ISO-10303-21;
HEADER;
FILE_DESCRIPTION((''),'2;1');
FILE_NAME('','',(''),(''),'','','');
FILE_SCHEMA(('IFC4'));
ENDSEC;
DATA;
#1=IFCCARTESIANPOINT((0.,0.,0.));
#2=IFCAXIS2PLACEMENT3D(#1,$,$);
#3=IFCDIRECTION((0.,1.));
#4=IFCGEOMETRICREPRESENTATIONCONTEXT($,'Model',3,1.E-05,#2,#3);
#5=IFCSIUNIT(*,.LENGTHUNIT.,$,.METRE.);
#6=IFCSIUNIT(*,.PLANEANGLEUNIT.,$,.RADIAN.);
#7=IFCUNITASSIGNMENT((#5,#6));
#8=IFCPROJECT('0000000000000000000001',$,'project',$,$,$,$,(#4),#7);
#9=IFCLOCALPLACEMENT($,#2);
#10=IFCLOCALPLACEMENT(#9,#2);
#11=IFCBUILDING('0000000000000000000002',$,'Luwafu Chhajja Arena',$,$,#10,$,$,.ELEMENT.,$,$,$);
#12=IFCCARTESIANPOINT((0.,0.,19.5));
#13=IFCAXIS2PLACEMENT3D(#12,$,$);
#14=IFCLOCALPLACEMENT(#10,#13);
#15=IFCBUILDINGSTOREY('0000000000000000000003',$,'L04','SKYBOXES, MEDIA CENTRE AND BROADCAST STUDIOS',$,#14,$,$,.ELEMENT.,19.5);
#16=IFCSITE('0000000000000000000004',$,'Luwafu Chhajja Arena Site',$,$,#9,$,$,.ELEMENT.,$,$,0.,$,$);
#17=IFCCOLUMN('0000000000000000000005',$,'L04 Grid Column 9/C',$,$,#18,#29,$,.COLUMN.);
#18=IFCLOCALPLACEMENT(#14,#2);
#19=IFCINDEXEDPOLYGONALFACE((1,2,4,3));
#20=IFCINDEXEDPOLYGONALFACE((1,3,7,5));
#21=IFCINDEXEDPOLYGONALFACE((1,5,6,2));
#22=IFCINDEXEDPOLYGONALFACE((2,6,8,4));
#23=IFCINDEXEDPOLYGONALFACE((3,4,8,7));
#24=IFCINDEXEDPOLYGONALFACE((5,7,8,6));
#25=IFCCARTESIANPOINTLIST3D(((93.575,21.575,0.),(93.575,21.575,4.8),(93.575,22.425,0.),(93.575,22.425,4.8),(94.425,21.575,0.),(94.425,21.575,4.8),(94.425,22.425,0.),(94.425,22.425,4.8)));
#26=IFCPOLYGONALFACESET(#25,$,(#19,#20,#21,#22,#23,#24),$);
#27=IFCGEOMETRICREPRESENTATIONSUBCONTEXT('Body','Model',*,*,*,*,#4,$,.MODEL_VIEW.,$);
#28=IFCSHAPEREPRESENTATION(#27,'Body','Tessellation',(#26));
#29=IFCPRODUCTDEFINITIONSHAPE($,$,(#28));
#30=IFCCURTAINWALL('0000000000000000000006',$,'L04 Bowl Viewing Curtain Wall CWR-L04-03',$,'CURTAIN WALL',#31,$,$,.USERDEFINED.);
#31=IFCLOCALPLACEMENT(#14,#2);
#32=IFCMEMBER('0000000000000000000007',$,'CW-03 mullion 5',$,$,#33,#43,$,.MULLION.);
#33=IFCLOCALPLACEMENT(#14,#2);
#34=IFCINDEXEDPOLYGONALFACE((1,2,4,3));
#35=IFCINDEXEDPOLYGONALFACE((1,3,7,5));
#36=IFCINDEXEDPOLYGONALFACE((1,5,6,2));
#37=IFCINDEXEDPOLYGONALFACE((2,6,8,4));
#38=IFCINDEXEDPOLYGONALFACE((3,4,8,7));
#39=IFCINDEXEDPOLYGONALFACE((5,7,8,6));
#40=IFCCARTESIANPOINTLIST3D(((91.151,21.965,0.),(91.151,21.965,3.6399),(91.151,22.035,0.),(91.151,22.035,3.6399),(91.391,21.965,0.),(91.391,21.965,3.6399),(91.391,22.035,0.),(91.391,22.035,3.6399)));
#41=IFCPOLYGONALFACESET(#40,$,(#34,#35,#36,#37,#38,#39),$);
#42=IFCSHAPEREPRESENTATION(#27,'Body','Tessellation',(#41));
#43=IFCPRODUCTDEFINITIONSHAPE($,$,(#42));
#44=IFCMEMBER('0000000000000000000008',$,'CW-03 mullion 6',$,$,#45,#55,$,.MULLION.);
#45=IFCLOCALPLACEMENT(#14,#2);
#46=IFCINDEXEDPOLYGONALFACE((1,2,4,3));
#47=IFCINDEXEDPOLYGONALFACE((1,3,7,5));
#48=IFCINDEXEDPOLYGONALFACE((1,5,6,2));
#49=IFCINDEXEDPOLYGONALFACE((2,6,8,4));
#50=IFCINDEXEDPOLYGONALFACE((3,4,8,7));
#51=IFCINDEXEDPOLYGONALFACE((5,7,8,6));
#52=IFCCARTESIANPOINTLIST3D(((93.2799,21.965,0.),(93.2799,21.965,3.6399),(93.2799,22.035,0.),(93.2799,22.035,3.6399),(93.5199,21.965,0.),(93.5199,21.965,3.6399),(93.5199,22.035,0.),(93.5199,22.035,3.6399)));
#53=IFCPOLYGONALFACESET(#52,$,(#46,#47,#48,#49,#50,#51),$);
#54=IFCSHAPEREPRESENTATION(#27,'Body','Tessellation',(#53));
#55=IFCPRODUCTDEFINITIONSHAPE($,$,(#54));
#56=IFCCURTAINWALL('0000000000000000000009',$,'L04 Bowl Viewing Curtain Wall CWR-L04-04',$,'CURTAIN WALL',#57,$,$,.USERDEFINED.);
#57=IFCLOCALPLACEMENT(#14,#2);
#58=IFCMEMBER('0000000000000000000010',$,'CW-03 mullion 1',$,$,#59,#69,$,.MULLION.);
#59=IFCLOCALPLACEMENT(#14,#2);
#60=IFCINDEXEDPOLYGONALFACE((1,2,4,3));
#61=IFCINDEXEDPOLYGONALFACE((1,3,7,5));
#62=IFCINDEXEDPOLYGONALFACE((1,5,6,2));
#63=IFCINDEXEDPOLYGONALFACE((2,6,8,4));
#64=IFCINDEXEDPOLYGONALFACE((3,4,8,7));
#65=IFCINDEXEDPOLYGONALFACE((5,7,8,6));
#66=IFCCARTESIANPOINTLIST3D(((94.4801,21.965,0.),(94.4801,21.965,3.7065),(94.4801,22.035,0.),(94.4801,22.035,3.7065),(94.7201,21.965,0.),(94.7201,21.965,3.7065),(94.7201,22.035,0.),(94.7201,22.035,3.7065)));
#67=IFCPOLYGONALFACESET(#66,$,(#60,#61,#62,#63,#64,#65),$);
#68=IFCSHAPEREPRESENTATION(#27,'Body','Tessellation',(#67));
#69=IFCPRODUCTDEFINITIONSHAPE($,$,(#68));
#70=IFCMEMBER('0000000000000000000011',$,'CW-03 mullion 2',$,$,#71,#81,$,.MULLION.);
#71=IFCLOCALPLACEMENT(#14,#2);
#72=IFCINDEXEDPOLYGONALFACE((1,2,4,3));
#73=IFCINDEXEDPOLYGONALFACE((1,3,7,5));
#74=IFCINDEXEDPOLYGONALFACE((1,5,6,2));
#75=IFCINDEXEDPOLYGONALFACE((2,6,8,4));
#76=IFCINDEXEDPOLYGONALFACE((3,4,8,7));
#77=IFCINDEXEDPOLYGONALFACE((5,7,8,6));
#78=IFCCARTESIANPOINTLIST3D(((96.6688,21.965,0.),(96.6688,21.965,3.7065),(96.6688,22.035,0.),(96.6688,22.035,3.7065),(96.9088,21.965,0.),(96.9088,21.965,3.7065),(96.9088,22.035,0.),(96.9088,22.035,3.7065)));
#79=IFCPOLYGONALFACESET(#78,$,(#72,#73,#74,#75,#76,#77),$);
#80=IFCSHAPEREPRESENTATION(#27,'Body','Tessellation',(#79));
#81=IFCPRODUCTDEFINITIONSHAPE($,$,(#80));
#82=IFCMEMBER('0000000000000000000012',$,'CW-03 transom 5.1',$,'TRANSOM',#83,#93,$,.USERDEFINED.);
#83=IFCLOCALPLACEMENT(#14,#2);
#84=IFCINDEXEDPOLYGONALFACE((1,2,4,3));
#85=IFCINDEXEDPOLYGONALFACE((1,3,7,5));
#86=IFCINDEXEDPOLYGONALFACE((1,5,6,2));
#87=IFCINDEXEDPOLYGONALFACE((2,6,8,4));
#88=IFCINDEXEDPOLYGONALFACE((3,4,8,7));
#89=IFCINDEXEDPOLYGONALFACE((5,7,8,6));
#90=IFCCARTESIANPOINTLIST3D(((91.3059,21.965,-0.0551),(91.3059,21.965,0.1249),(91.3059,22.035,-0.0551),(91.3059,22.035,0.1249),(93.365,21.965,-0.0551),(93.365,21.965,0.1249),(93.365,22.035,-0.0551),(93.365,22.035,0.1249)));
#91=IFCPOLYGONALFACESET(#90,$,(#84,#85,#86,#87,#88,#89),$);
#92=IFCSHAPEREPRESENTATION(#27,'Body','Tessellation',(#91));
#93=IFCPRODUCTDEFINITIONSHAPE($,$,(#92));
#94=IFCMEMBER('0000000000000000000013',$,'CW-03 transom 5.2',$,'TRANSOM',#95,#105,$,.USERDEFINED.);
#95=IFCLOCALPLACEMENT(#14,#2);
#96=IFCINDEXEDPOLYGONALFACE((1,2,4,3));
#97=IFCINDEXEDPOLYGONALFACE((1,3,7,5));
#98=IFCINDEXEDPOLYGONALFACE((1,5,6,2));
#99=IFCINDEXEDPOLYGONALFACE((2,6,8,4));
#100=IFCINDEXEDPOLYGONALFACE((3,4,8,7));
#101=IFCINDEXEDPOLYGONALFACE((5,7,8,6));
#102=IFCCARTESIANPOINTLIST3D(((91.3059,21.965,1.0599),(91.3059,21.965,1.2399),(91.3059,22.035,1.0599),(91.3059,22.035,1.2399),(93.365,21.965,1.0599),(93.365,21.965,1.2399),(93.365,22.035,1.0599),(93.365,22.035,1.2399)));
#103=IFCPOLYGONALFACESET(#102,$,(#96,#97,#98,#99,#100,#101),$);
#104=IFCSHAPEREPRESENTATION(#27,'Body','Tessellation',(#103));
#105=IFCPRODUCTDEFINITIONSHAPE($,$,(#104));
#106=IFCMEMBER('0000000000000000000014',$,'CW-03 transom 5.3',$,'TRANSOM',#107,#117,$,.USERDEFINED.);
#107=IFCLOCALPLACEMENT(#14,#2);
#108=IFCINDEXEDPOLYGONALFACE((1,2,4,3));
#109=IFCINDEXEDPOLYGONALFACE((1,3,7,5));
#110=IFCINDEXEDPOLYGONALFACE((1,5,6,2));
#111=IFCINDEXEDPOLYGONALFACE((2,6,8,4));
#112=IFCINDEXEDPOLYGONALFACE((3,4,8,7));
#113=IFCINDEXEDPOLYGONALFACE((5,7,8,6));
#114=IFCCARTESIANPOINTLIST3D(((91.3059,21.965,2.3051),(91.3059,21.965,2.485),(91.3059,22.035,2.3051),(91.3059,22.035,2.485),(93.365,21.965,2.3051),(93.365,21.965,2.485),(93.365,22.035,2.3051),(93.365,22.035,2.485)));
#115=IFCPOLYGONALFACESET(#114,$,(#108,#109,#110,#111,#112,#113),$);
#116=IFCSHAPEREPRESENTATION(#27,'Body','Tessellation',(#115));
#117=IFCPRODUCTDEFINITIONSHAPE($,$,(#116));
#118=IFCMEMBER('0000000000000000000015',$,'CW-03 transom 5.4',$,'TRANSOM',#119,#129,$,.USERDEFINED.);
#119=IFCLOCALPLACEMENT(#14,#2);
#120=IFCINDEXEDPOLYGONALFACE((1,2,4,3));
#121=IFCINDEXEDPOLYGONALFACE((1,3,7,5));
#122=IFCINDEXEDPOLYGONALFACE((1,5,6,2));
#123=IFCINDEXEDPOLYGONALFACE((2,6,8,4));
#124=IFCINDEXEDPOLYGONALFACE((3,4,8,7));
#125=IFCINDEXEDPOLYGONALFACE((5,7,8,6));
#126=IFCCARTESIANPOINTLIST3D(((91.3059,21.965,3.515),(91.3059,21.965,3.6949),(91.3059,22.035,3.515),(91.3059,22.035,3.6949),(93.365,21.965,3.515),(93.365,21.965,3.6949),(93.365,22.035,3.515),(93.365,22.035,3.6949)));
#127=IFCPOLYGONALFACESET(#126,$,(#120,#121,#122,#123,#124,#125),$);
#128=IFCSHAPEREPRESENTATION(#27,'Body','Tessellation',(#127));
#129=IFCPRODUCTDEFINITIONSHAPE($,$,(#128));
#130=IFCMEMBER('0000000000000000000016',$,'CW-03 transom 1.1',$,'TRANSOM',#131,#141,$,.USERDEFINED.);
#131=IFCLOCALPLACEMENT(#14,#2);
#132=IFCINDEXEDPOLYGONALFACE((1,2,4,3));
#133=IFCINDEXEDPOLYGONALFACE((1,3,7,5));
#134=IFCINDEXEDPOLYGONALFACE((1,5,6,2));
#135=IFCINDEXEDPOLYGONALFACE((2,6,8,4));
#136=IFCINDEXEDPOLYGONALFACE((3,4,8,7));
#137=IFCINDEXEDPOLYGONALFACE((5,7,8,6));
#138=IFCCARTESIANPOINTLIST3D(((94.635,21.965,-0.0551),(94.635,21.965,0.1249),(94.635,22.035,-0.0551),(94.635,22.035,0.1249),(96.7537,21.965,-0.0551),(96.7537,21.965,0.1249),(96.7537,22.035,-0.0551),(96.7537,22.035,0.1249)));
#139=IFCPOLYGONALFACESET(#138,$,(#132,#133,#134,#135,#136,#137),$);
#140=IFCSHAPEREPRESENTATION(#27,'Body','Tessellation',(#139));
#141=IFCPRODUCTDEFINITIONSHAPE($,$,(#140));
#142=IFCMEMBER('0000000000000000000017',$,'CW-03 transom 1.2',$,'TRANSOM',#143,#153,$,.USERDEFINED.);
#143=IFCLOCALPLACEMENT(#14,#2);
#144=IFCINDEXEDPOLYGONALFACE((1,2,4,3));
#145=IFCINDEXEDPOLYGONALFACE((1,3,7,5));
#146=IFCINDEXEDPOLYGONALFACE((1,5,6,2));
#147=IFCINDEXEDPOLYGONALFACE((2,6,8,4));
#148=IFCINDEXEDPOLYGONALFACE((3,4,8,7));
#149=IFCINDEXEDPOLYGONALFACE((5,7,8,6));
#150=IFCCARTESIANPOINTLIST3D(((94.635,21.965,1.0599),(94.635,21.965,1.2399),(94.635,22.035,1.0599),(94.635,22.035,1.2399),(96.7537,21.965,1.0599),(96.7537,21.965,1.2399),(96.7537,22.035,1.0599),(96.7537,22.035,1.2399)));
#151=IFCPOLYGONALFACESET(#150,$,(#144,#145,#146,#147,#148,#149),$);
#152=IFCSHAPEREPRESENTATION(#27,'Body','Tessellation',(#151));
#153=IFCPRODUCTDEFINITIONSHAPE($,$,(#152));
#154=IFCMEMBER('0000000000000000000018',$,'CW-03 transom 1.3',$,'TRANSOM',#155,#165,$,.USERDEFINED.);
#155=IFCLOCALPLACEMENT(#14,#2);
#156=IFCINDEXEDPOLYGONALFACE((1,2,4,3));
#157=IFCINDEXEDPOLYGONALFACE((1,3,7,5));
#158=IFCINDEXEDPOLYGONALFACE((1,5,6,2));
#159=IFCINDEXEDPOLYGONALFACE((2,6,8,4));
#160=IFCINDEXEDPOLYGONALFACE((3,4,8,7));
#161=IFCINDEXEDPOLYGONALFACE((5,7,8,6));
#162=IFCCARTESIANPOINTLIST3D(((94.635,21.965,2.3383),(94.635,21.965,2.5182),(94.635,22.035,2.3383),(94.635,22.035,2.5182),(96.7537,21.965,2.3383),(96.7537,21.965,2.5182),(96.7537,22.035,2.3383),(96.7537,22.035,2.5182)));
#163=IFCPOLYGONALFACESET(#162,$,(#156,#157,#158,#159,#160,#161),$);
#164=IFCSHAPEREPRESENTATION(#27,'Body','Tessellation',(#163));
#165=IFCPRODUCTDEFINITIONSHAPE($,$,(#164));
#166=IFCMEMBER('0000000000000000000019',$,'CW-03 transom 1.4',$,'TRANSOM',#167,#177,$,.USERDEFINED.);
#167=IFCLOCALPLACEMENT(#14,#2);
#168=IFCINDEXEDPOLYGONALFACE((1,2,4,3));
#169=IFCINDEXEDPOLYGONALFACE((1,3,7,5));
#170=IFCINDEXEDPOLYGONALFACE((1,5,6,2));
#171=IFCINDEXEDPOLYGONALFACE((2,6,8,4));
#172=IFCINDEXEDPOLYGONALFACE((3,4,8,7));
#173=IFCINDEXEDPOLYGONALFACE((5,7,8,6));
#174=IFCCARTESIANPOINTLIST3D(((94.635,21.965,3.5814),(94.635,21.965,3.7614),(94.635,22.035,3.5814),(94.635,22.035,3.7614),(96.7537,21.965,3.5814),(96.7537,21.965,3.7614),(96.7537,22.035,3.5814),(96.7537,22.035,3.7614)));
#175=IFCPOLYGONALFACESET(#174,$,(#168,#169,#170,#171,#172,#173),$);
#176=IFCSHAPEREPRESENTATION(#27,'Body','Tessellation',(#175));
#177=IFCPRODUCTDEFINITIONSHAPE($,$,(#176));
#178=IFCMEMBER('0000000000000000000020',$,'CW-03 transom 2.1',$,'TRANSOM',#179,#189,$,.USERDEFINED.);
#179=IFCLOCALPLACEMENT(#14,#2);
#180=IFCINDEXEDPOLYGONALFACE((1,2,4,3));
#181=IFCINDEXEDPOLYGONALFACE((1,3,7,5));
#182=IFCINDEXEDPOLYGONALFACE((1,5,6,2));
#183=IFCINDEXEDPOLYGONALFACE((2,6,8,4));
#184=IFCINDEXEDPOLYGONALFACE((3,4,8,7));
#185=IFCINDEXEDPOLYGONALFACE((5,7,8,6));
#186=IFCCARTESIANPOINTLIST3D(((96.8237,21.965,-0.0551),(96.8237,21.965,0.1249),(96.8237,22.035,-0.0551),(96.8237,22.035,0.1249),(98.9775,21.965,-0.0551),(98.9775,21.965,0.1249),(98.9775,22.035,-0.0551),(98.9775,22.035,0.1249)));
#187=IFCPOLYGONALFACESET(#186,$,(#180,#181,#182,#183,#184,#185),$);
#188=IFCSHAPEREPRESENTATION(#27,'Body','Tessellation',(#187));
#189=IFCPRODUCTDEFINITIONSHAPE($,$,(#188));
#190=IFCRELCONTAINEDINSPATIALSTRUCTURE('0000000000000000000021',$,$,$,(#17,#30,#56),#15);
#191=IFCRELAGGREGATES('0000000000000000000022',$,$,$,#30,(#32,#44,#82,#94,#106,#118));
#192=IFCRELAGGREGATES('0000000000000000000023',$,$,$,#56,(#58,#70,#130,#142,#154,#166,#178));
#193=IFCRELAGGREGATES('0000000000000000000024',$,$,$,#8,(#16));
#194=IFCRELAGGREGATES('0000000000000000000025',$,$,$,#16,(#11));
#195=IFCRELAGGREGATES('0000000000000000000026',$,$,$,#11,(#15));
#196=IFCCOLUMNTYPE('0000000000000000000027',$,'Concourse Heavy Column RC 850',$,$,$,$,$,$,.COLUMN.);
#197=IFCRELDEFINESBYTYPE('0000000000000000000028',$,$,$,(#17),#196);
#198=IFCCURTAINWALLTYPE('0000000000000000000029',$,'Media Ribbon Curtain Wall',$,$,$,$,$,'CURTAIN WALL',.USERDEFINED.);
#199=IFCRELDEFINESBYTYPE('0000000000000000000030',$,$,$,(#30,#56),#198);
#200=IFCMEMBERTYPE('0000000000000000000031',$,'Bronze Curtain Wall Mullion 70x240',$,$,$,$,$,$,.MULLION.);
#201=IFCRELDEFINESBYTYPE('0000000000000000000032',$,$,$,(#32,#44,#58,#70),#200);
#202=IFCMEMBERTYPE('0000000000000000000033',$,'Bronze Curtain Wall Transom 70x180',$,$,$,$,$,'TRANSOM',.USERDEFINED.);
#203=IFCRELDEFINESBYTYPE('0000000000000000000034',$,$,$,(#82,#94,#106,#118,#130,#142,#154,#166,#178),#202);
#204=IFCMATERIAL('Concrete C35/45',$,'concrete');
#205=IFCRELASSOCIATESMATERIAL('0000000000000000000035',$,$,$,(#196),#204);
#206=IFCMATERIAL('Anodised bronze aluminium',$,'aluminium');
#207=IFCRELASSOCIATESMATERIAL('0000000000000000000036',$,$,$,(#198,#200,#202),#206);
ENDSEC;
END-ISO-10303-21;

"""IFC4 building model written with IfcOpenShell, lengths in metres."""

from ifc_helpers import new_model, si_unit, direction, frame, origin, origin_2d, place, context, subcontext, project, spatial, rectangle, extrude, material, material_profile, profile_set, type_object, element, aggregate, save


model = new_model("IFC4")

# Units and contexts
model_context = context("Model", 3, precision=1e-05, world=origin(), true_north=direction((0.0, 1.0)))
body_context = subcontext(model_context, "Body", "Model", "MODEL_VIEW")
ifc_project = project(units=[si_unit("LENGTHUNIT", "METRE"), si_unit("PLANEANGLEUNIT", "RADIAN")], contexts=[model_context])

# Site, building, storey
site_placement = place(None, origin())
site = spatial("IfcSite", under=ifc_project, at=site_placement, Name="Luwafu Chhajja Arena Site", CompositionType="ELEMENT", RefElevation=0.0)
building_placement = place(site_placement, origin())
building = spatial("IfcBuilding", under=site, at=building_placement, Name="Luwafu Chhajja Arena", CompositionType="ELEMENT")
storey_placement = place(building_placement, frame((0.0, 0.0, 19.5)))
storey = spatial("IfcBuildingStorey", under=building, at=storey_placement, Name="L04", Description="SKYBOXES, MEDIA CENTRE AND BROADCAST STUDIOS", CompositionType="ELEMENT", Elevation=19.5)

# Column
ifc_material_1 = material(Name="Concrete C35/45", Category="concrete")
ifc_material_profile_1 = material_profile(ifc_material_1, rectangle(XDim=0.8501, YDim=0.8501, at=origin_2d()), Name="RC 850x850")
ifc_profile_set_1 = profile_set([ifc_material_profile_1], Name="Concrete C35/45")
column_type = type_object("IfcColumnType", Name="Concourse Heavy Column RC 850", PredefinedType="COLUMN", material=ifc_profile_set_1)
column_placement = place(storey_placement, frame((94.0, 22.0, 0.0), z_axis=(0.0, 0.0, 1.0), x_axis=(1.0, 0.0, 0.0)))
element("IfcColumn", 1, at=column_placement, inside=storey, type_object=column_type, Name="L04 Grid Column 9/C", PredefinedType="COLUMN", context=body_context, shape_type="SweptSolid", body=[
    extrude(rectangle(XDim=0.8501, YDim=0.8501, at=origin_2d()), origin(), (0.0, 0.0, 1.0), 4.8),
])

# Curtain walls, members
ifc_material_2 = material(Name="Anodised bronze aluminium", Category="aluminium")
curtain_wall_type = type_object("IfcCurtainWallType", Name="Media Ribbon Curtain Wall", ElementType="CURTAIN WALL", PredefinedType="USERDEFINED", material=ifc_material_2)
curtain_wall_1_placement = place(storey_placement, origin())
curtain_wall_1 = element("IfcCurtainWall", 2, at=curtain_wall_1_placement, inside=storey, type_object=curtain_wall_type, Name="L04 Bowl Viewing Curtain Wall CWR-L04-03", ObjectType="CURTAIN WALL", PredefinedType="USERDEFINED")
ifc_material_profile_2 = material_profile(ifc_material_2, rectangle(XDim=0.0701, YDim=0.24, at=origin_2d()), Name="CWM 70x240")
ifc_profile_set_2 = profile_set([ifc_material_profile_2], Name="Anodised bronze aluminium")
member_type_1 = type_object("IfcMemberType", Name="Bronze Curtain Wall Mullion 70x240", PredefinedType="MULLION", material=ifc_profile_set_2)
member_1_placement = place(storey_placement, frame((91.271, 22.0, 0.0), z_axis=(0.0, 0.0, 1.0), x_axis=(0.0, 1.0, 0.0)))
member_1 = element("IfcMember", 3, at=member_1_placement, type_object=member_type_1, Name="CW-03 mullion 5", PredefinedType="MULLION", context=body_context, shape_type="SweptSolid", body=[
    extrude(rectangle(XDim=0.0701, YDim=0.24, at=origin_2d()), origin(), (0.0, 0.0, 1.0), 3.6399),
])
member_2_placement = place(storey_placement, frame((93.3999, 22.0, 0.0), z_axis=(0.0, 0.0, 1.0), x_axis=(0.0, 1.0, 0.0)))
member_2 = element("IfcMember", 4, at=member_2_placement, type_object=member_type_1, Name="CW-03 mullion 6", PredefinedType="MULLION", context=body_context, shape_type="SweptSolid", body=[
    extrude(rectangle(XDim=0.0701, YDim=0.24, at=origin_2d()), origin(), (0.0, 0.0, 1.0), 3.6399),
])
curtain_wall_2_placement = place(storey_placement, origin())
curtain_wall_2 = element("IfcCurtainWall", 5, at=curtain_wall_2_placement, inside=storey, type_object=curtain_wall_type, Name="L04 Bowl Viewing Curtain Wall CWR-L04-04", ObjectType="CURTAIN WALL", PredefinedType="USERDEFINED")
member_3_placement = place(storey_placement, frame((94.6001, 22.0, 0.0), z_axis=(0.0, 0.0, 1.0), x_axis=(0.0, 1.0, 0.0)))
member_3 = element("IfcMember", 6, at=member_3_placement, type_object=member_type_1, Name="CW-03 mullion 1", PredefinedType="MULLION", context=body_context, shape_type="SweptSolid", body=[
    extrude(rectangle(XDim=0.0701, YDim=0.24, at=origin_2d()), origin(), (0.0, 0.0, 1.0), 3.7065),
])
member_4_placement = place(storey_placement, frame((96.7888, 22.0, 0.0), z_axis=(0.0, 0.0, 1.0), x_axis=(0.0, 1.0, 0.0)))
member_4 = element("IfcMember", 7, at=member_4_placement, type_object=member_type_1, Name="CW-03 mullion 2", PredefinedType="MULLION", context=body_context, shape_type="SweptSolid", body=[
    extrude(rectangle(XDim=0.0701, YDim=0.24, at=origin_2d()), origin(), (0.0, 0.0, 1.0), 3.7065),
])

# Members
ifc_material_profile_3 = material_profile(ifc_material_2, rectangle(XDim=0.0701, YDim=0.1799, at=origin_2d()), Name="CWT 70x180")
ifc_profile_set_3 = profile_set([ifc_material_profile_3], Name="Anodised bronze aluminium")
member_type_2 = type_object("IfcMemberType", Name="Bronze Curtain Wall Transom 70x180", ElementType="TRANSOM", PredefinedType="USERDEFINED", material=ifc_profile_set_3)
member_5_placement = place(storey_placement, frame((91.3059, 22.0, 0.0349), z_axis=(1.0, 0.0, 0.0), x_axis=(0.0, 1.0, 0.0)))
member_5 = element("IfcMember", 8, at=member_5_placement, type_object=member_type_2, Name="CW-03 transom 5.1", ObjectType="TRANSOM", PredefinedType="USERDEFINED", context=body_context, shape_type="SweptSolid", body=[
    extrude(rectangle(XDim=0.0701, YDim=0.1799, at=origin_2d()), origin(), (0.0, 0.0, 1.0), 2.0591),
])
member_6_placement = place(storey_placement, frame((91.3059, 22.0, 1.1499), z_axis=(1.0, 0.0, 0.0), x_axis=(0.0, 1.0, 0.0)))
member_6 = element("IfcMember", 9, at=member_6_placement, type_object=member_type_2, Name="CW-03 transom 5.2", ObjectType="TRANSOM", PredefinedType="USERDEFINED", context=body_context, shape_type="SweptSolid", body=[
    extrude(rectangle(XDim=0.0701, YDim=0.1799, at=origin_2d()), origin(), (0.0, 0.0, 1.0), 2.0591),
])
member_7_placement = place(storey_placement, frame((91.3059, 22.0, 2.395), z_axis=(1.0, 0.0, 0.0), x_axis=(0.0, 1.0, 0.0)))
member_7 = element("IfcMember", 10, at=member_7_placement, type_object=member_type_2, Name="CW-03 transom 5.3", ObjectType="TRANSOM", PredefinedType="USERDEFINED", context=body_context, shape_type="SweptSolid", body=[
    extrude(rectangle(XDim=0.0701, YDim=0.1799, at=origin_2d()), origin(), (0.0, 0.0, 1.0), 2.0591),
])
member_8_placement = place(storey_placement, frame((91.3059, 22.0, 3.605), z_axis=(1.0, 0.0, 0.0), x_axis=(0.0, 1.0, 0.0)))
member_8 = element("IfcMember", 11, at=member_8_placement, type_object=member_type_2, Name="CW-03 transom 5.4", ObjectType="TRANSOM", PredefinedType="USERDEFINED", context=body_context, shape_type="SweptSolid", body=[
    extrude(rectangle(XDim=0.0701, YDim=0.1799, at=origin_2d()), origin(), (0.0, 0.0, 1.0), 2.0591),
])
member_9_placement = place(storey_placement, frame((94.635, 22.0, 0.0349), z_axis=(1.0, 0.0, 0.0), x_axis=(0.0, 1.0, 0.0)))
member_9 = element("IfcMember", 12, at=member_9_placement, type_object=member_type_2, Name="CW-03 transom 1.1", ObjectType="TRANSOM", PredefinedType="USERDEFINED", context=body_context, shape_type="SweptSolid", body=[
    extrude(rectangle(XDim=0.0701, YDim=0.1799, at=origin_2d()), origin(), (0.0, 0.0, 1.0), 2.1187),
])
member_10_placement = place(storey_placement, frame((94.635, 22.0, 1.1499), z_axis=(1.0, 0.0, 0.0), x_axis=(0.0, 1.0, 0.0)))
member_10 = element("IfcMember", 13, at=member_10_placement, type_object=member_type_2, Name="CW-03 transom 1.2", ObjectType="TRANSOM", PredefinedType="USERDEFINED", context=body_context, shape_type="SweptSolid", body=[
    extrude(rectangle(XDim=0.0701, YDim=0.1799, at=origin_2d()), origin(), (0.0, 0.0, 1.0), 2.1187),
])
member_11_placement = place(storey_placement, frame((94.635, 22.0, 2.4282), z_axis=(1.0, 0.0, 0.0), x_axis=(0.0, 1.0, 0.0)))
member_11 = element("IfcMember", 14, at=member_11_placement, type_object=member_type_2, Name="CW-03 transom 1.3", ObjectType="TRANSOM", PredefinedType="USERDEFINED", context=body_context, shape_type="SweptSolid", body=[
    extrude(rectangle(XDim=0.0701, YDim=0.1799, at=origin_2d()), origin(), (0.0, 0.0, 1.0), 2.1187),
])
member_12_placement = place(storey_placement, frame((94.635, 22.0, 3.6714), z_axis=(1.0, 0.0, 0.0), x_axis=(0.0, 1.0, 0.0)))
member_12 = element("IfcMember", 15, at=member_12_placement, type_object=member_type_2, Name="CW-03 transom 1.4", ObjectType="TRANSOM", PredefinedType="USERDEFINED", context=body_context, shape_type="SweptSolid", body=[
    extrude(rectangle(XDim=0.0701, YDim=0.1799, at=origin_2d()), origin(), (0.0, 0.0, 1.0), 2.1187),
])
member_13_placement = place(storey_placement, frame((96.8237, 22.0, 0.0349), z_axis=(1.0, 0.0, 0.0), x_axis=(0.0, 1.0, 0.0)))
member_13 = element("IfcMember", 16, at=member_13_placement, type_object=member_type_2, Name="CW-03 transom 2.1", ObjectType="TRANSOM", PredefinedType="USERDEFINED", context=body_context, shape_type="SweptSolid", body=[
    extrude(rectangle(XDim=0.0701, YDim=0.1799, at=origin_2d()), origin(), (0.0, 0.0, 1.0), 2.1538),
])

aggregate(curtain_wall_1, [member_1, member_2, member_5, member_6, member_7, member_8])
aggregate(curtain_wall_2, [member_3, member_4, member_9, member_10, member_11, member_12, member_13])

save(model, "model.ifc")
